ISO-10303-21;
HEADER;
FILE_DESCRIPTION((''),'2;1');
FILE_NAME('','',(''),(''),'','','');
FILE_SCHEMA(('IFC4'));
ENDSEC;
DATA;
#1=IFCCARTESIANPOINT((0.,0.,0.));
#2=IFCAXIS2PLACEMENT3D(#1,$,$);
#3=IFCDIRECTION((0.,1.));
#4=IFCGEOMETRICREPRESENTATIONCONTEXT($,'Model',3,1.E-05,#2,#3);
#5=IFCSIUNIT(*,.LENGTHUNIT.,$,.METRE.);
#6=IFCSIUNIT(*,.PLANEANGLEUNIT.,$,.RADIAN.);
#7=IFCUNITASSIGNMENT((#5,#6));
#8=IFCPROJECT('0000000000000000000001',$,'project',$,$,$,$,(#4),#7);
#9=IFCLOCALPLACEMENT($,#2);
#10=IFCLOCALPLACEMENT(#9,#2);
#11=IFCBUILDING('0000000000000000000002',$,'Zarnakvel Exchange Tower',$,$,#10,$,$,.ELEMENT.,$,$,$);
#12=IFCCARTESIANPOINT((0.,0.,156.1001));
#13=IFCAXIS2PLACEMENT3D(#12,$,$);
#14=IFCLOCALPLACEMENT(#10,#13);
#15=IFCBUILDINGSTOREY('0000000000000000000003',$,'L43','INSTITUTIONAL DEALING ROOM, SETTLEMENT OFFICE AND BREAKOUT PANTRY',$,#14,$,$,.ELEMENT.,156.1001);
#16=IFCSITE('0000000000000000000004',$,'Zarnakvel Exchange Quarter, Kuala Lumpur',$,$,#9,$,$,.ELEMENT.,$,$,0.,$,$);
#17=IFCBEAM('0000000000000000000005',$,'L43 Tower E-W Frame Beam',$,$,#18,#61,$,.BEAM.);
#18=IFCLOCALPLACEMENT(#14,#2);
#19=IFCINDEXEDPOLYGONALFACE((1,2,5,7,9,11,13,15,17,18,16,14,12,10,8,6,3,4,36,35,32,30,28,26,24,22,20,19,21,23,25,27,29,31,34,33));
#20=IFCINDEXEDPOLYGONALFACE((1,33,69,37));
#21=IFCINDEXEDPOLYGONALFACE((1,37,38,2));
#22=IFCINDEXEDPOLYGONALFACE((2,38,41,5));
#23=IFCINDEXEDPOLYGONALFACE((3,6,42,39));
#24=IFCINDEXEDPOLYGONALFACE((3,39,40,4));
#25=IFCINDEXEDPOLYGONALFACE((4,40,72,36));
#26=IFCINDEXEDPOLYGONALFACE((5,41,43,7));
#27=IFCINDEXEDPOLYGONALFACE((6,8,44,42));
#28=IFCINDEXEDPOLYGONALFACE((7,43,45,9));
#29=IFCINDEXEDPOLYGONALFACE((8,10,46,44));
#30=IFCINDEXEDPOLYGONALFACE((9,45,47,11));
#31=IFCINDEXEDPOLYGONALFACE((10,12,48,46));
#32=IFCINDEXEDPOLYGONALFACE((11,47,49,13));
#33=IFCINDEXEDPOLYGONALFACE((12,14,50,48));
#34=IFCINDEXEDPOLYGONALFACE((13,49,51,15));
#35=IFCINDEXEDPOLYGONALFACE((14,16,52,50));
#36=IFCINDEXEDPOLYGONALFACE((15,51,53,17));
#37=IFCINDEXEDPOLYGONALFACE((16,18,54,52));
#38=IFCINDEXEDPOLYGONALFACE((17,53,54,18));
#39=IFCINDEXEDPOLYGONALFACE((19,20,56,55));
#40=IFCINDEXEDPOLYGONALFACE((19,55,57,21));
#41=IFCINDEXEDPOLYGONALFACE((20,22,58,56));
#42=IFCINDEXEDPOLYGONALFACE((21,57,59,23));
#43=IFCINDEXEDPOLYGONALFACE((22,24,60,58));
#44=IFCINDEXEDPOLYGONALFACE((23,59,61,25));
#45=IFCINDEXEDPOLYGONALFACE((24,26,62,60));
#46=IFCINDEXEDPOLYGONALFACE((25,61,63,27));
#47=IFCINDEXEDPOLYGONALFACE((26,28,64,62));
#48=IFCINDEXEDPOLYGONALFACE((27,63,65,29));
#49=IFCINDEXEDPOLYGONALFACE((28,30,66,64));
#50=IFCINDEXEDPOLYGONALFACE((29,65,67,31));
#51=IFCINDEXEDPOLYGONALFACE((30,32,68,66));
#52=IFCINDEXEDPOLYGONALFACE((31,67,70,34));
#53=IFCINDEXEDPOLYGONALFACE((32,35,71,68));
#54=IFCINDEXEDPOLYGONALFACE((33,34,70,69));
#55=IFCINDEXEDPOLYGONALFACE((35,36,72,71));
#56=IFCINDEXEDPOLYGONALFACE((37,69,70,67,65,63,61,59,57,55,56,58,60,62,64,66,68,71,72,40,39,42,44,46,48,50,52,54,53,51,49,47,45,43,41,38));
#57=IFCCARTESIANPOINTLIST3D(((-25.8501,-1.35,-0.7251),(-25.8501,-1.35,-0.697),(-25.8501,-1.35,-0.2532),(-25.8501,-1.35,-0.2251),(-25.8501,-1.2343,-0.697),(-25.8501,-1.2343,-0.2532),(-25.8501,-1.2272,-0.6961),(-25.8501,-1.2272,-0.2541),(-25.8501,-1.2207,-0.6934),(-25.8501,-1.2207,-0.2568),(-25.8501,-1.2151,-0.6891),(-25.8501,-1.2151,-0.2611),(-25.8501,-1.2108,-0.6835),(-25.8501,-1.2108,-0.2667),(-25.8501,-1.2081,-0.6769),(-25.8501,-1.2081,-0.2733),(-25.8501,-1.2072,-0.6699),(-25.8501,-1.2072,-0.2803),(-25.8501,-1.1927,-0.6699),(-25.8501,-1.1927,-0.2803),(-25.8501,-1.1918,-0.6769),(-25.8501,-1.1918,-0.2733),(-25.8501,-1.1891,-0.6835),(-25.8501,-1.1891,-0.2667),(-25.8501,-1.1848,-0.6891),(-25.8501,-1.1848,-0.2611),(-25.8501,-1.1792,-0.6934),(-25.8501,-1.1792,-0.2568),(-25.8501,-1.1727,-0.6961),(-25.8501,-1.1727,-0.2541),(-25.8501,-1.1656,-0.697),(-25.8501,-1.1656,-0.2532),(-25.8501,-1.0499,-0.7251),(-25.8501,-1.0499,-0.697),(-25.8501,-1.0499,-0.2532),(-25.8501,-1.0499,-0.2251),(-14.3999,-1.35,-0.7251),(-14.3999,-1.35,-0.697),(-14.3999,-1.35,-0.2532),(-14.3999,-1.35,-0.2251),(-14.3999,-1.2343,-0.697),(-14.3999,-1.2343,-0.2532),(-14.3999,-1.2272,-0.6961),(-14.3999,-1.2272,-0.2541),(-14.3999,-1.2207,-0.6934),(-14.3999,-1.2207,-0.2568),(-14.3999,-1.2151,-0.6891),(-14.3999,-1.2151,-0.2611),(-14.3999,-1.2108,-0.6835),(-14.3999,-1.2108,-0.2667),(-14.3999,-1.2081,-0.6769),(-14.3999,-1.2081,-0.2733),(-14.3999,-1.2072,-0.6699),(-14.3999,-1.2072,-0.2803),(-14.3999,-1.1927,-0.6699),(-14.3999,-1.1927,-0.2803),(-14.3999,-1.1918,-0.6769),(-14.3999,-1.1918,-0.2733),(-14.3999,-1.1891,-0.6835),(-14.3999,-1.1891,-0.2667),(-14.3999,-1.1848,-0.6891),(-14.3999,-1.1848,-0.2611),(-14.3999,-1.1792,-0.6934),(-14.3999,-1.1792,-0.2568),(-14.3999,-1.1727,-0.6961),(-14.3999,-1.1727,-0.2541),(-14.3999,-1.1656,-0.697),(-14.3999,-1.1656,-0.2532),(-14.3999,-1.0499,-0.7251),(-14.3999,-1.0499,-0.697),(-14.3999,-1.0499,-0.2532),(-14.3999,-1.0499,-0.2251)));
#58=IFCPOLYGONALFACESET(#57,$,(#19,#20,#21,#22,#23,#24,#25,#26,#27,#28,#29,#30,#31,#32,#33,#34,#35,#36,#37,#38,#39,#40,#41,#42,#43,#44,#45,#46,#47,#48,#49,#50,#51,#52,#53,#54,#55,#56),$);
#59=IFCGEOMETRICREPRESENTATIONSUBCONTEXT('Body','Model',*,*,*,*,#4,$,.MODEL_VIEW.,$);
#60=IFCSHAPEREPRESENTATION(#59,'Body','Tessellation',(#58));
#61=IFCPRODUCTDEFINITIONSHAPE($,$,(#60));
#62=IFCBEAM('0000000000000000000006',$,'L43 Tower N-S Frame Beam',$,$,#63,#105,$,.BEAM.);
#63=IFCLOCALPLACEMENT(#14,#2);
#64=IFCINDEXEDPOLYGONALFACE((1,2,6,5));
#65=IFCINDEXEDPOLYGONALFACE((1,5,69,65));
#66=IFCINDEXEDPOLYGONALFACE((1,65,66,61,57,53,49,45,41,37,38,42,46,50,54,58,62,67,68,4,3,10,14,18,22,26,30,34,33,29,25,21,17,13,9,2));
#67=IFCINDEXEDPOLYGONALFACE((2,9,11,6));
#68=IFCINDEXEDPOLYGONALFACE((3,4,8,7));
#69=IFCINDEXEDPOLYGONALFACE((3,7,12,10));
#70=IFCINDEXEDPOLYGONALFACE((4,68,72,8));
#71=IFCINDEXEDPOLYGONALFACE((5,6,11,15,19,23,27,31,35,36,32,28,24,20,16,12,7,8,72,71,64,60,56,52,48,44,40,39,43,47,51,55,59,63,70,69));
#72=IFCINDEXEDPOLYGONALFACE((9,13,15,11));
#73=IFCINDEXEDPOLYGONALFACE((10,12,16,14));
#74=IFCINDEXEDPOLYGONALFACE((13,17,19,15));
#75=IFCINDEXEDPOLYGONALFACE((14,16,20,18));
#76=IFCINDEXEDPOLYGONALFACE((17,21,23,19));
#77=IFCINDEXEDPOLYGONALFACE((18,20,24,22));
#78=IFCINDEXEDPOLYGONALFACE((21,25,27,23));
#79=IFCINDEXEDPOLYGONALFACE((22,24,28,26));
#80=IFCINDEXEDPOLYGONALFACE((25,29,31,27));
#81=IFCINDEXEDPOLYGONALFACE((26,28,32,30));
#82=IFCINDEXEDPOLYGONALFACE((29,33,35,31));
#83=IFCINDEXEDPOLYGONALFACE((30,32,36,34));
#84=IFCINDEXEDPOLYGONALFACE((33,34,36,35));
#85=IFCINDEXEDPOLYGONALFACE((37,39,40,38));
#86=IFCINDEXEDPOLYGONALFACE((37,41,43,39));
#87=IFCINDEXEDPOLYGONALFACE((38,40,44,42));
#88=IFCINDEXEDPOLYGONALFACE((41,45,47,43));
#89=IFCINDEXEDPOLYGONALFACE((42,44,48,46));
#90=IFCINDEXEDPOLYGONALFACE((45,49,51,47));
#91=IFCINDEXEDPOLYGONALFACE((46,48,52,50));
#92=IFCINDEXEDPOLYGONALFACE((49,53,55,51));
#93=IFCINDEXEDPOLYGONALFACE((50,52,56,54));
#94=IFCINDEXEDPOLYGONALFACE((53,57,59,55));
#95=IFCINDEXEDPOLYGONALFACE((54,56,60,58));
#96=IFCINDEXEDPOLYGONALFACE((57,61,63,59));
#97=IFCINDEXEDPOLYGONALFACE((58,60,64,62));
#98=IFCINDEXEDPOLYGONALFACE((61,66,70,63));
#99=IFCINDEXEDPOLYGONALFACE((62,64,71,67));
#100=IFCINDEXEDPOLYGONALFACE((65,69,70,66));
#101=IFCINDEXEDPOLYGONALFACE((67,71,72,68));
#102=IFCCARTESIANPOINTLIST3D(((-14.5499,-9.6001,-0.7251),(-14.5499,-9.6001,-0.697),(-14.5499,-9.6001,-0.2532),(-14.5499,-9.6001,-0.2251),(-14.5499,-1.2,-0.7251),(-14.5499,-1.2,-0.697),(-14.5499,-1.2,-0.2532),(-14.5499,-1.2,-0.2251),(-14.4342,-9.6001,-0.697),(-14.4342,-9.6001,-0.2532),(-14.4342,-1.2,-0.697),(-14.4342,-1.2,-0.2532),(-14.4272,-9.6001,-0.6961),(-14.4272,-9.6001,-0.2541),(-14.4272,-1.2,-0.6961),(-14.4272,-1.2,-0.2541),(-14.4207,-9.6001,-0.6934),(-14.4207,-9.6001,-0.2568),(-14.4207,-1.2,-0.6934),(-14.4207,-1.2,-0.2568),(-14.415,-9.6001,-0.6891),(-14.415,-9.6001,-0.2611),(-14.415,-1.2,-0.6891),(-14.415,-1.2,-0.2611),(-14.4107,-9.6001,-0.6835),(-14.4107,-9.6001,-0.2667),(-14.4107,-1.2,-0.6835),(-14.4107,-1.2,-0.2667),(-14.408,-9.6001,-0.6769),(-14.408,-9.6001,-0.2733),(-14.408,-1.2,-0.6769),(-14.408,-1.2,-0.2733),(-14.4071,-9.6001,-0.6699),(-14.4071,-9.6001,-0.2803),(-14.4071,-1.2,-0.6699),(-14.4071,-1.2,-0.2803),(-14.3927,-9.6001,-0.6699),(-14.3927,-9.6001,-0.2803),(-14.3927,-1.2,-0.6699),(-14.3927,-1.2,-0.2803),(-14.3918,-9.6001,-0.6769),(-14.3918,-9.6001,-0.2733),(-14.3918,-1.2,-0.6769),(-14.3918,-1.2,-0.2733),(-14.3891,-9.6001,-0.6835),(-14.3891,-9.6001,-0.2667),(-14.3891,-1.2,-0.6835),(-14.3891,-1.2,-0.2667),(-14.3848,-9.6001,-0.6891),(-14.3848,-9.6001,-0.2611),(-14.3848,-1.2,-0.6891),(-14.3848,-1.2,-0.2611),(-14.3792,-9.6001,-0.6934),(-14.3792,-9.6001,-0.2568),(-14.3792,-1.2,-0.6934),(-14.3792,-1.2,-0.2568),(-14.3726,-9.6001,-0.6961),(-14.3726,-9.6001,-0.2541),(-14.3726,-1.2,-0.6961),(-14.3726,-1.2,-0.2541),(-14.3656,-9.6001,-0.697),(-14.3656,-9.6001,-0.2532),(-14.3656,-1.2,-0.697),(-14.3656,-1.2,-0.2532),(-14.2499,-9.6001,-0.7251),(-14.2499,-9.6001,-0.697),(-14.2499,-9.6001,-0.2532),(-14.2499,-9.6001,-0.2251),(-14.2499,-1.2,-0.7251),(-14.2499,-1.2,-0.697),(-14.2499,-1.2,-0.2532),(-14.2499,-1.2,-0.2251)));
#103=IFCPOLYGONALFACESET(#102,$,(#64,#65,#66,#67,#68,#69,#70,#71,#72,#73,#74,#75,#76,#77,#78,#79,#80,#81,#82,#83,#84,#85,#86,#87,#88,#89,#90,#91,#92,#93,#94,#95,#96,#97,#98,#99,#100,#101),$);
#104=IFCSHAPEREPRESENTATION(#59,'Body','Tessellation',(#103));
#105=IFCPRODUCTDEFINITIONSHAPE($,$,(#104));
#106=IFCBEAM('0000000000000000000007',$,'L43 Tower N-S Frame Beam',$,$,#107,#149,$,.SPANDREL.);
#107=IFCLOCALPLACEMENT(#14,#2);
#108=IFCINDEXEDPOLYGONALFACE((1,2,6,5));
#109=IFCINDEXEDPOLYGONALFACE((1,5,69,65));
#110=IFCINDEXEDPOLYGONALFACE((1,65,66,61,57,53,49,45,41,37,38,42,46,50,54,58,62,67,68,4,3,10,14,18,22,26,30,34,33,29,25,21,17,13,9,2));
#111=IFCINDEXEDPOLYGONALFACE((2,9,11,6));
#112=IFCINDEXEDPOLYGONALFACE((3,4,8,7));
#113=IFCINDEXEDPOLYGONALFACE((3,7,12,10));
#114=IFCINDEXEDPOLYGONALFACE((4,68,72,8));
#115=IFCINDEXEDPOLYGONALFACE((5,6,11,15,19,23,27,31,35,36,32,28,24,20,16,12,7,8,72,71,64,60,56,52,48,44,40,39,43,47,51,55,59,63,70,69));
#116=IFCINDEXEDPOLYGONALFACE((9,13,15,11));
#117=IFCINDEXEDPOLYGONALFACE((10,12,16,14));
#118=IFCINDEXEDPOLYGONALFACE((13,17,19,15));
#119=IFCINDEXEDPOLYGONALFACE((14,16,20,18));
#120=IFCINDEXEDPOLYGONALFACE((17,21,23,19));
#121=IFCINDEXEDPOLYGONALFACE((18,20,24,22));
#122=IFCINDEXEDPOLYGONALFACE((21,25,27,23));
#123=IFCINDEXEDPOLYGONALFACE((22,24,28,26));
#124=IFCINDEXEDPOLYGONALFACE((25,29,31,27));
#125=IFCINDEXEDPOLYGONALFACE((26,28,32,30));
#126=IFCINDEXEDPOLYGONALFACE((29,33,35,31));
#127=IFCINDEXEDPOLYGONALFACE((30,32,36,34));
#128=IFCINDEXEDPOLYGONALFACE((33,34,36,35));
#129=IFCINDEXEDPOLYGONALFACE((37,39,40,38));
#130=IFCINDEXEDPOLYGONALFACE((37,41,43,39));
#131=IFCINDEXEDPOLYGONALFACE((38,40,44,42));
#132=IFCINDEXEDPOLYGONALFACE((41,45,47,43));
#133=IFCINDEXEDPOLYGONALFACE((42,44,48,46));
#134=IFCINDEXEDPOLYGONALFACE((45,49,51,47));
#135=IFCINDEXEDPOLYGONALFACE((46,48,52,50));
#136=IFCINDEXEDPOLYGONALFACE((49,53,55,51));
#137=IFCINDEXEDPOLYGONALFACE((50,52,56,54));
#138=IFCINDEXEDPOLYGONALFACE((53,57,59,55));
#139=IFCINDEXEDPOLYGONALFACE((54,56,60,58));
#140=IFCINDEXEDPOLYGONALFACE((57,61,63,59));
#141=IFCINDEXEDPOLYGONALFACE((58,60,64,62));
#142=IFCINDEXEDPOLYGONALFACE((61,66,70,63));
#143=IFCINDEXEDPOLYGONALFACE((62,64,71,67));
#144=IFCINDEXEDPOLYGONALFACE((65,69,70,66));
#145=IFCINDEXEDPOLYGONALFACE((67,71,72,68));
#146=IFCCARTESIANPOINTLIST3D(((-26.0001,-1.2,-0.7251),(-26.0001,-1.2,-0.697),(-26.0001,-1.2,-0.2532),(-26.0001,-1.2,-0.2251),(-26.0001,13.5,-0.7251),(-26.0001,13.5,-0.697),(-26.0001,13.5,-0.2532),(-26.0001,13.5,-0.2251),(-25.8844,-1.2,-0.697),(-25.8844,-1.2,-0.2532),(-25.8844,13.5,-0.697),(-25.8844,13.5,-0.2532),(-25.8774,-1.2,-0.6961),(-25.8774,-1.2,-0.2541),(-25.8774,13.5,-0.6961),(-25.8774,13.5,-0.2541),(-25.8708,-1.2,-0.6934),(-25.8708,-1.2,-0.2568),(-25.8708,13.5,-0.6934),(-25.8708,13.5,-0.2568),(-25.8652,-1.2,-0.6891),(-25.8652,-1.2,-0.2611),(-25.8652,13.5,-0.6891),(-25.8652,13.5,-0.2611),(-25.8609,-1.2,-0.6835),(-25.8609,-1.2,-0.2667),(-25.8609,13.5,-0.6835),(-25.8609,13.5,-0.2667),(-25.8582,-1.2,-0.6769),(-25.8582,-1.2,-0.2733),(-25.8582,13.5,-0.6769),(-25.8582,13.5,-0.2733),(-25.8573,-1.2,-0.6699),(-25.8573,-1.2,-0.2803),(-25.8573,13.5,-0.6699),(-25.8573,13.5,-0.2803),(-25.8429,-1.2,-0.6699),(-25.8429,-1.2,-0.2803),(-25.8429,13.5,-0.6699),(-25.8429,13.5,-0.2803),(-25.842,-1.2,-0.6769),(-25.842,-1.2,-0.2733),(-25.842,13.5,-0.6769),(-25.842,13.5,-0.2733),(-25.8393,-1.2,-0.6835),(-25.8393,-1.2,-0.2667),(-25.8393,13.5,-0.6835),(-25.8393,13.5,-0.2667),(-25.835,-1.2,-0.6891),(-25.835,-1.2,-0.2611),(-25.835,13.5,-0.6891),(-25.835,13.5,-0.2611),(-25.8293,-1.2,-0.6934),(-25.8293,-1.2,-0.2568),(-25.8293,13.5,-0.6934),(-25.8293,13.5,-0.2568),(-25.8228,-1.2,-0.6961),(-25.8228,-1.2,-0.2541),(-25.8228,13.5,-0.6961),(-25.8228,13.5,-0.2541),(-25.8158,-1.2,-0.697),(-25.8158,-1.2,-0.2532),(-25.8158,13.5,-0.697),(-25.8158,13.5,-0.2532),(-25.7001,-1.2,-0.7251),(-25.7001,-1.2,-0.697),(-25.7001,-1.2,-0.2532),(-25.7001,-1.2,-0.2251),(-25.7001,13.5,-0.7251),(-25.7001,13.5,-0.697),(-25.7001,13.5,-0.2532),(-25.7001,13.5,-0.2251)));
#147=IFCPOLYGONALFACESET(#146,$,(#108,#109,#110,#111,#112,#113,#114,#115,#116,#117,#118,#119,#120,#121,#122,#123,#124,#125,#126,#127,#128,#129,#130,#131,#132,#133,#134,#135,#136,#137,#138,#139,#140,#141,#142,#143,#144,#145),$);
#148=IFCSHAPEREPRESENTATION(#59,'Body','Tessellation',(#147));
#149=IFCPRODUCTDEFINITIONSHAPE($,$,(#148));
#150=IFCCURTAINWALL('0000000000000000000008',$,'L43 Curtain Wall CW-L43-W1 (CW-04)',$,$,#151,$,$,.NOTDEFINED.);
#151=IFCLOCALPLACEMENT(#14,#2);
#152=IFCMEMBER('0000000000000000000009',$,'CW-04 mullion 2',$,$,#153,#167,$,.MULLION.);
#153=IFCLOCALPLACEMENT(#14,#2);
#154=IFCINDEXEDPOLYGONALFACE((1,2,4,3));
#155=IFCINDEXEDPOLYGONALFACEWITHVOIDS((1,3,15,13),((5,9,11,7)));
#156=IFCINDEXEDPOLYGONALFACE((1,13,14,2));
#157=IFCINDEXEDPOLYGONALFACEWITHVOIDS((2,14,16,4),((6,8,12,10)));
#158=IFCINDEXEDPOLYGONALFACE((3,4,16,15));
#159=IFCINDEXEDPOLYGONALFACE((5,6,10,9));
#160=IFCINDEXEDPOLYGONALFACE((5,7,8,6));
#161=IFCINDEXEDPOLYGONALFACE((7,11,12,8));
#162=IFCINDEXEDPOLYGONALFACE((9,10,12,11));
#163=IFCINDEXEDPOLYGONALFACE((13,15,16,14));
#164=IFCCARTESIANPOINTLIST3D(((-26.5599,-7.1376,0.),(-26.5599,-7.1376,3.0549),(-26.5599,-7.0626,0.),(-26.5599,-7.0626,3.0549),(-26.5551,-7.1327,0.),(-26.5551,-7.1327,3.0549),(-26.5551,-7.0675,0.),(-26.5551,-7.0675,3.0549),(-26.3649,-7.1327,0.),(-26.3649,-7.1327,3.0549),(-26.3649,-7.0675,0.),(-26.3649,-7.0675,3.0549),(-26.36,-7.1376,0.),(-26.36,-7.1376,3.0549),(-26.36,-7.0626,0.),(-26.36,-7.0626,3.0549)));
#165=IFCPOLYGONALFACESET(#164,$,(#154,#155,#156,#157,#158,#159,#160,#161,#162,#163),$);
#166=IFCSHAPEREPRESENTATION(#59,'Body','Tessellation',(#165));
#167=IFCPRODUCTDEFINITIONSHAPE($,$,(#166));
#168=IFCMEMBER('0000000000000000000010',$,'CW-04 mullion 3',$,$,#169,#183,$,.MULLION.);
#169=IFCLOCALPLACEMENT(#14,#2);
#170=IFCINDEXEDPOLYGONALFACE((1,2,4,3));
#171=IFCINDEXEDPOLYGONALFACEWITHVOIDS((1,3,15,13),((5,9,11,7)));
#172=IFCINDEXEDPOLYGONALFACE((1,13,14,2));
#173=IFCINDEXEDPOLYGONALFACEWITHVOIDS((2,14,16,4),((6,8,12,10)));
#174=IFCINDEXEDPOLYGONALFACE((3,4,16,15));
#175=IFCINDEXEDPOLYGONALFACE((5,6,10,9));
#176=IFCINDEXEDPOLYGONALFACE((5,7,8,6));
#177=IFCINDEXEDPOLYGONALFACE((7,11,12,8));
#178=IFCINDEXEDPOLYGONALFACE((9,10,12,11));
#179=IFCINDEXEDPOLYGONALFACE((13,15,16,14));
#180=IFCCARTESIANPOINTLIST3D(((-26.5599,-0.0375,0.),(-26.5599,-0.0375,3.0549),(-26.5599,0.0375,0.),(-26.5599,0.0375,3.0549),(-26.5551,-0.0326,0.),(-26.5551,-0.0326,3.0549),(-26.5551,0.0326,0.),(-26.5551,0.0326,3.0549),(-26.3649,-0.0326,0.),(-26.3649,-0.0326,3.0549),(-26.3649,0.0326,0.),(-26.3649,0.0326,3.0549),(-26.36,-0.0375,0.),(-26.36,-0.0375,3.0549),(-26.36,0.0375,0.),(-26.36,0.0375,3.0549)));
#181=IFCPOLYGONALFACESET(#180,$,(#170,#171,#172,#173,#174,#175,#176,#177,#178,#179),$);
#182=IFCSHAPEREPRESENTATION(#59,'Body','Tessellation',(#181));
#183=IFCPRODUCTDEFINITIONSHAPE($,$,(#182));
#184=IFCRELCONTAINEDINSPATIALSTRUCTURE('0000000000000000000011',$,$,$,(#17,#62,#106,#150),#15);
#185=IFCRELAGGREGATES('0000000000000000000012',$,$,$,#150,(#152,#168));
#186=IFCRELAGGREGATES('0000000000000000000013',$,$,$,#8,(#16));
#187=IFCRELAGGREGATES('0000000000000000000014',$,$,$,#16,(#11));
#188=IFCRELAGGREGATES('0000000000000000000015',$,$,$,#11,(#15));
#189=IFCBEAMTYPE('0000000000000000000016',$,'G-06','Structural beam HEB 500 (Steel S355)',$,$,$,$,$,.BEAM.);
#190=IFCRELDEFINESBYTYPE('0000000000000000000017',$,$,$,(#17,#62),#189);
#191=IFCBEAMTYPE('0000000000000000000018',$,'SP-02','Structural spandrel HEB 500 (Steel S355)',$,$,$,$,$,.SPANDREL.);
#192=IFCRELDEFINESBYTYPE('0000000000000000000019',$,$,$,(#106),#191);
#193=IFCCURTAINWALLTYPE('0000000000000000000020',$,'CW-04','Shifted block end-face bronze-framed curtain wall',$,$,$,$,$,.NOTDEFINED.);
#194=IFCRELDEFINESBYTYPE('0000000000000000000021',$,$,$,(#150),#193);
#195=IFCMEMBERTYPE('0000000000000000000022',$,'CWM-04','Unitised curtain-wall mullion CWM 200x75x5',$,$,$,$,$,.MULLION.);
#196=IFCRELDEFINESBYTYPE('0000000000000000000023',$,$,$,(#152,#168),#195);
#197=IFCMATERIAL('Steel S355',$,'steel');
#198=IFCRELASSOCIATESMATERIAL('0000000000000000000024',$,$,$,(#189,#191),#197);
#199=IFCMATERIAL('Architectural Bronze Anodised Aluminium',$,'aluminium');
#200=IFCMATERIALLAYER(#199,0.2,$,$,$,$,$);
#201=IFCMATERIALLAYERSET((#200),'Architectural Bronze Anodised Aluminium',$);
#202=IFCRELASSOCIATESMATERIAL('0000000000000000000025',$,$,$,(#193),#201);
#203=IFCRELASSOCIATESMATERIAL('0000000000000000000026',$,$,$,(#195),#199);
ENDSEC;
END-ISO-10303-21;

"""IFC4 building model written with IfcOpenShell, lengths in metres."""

from ifc_helpers import new_model, si_unit, direction, frame, origin, origin_2d, place, context, subcontext, project, spatial, hollow_rectangle, i_section, extrude, source, transform, mapped, material, layer, layer_set, material_profile, profile_set, type_object, element, aggregate, save


model = new_model("IFC4")

# Units and contexts
model_context = context("Model", 3, precision=1e-05, world=origin(), true_north=direction((0.0, 1.0)))
body_context = subcontext(model_context, "Body", "Model", "MODEL_VIEW")
ifc_project = project(units=[si_unit("LENGTHUNIT", "METRE"), si_unit("PLANEANGLEUNIT", "RADIAN")], contexts=[model_context])

# Site, building, storey
site_placement = place(None, origin())
site = spatial("IfcSite", under=ifc_project, at=site_placement, Name="Zarnakvel Exchange Quarter, Kuala Lumpur", CompositionType="ELEMENT", RefElevation=0.0)
building_placement = place(site_placement, origin())
building = spatial("IfcBuilding", under=site, at=building_placement, Name="Zarnakvel Exchange Tower", CompositionType="ELEMENT")
storey_placement = place(building_placement, frame((0.0, 0.0, 156.1001)))
storey = spatial("IfcBuildingStorey", under=building, at=storey_placement, Name="L43", Description="INSTITUTIONAL DEALING ROOM, SETTLEMENT OFFICE AND BREAKOUT PANTRY", CompositionType="ELEMENT", Elevation=156.1001)

# Shared definitions
ifc_material_1 = material(Name="Steel S355", Category="steel")

# Beams
ifc_material_profile_1 = material_profile(ifc_material_1, i_section(OverallWidth=0.3, OverallDepth=0.5, WebThickness=0.0144, FlangeThickness=0.0281, FilletRadius=0.0271, at=origin_2d()))
ifc_profile_set_1 = profile_set([ifc_material_profile_1], Name="Steel S355")
beam_type_1 = type_object("IfcBeamType", Name="G-06", Description="Structural beam HEB 500 (Steel S355)", PredefinedType="BEAM", material=ifc_profile_set_1)
beam_1_placement = place(storey_placement, frame((-25.8501, -1.2, -0.4751), z_axis=(1.0, 0.0, 0.0), x_axis=(0.0, 1.0, 0.0)))
element("IfcBeam", 1, at=beam_1_placement, inside=storey, type_object=beam_type_1, Name="L43 Tower E-W Frame Beam", PredefinedType="BEAM", context=body_context, shape_type="SweptSolid", body=[
    extrude(i_section(OverallWidth=0.3, OverallDepth=0.5, WebThickness=0.0144, FlangeThickness=0.0281, FilletRadius=0.0271, at=origin_2d()), origin(), (0.0, 0.0, 1.0), 11.4502),
])
beam_2_placement = place(storey_placement, frame((-14.3999, -9.6001, -0.4751), z_axis=(0.0, 1.0, 0.0), x_axis=(-1.0, 0.0, 0.0)))
element("IfcBeam", 2, at=beam_2_placement, inside=storey, type_object=beam_type_1, Name="L43 Tower N-S Frame Beam", PredefinedType="BEAM", context=body_context, shape_type="SweptSolid", body=[
    extrude(i_section(OverallWidth=0.3, OverallDepth=0.5, WebThickness=0.0144, FlangeThickness=0.0281, FilletRadius=0.0271, at=origin_2d()), origin(), (0.0, 0.0, 1.0), 8.4001),
])
ifc_material_profile_2 = material_profile(ifc_material_1, i_section(OverallWidth=0.3, OverallDepth=0.5, WebThickness=0.0144, FlangeThickness=0.0281, FilletRadius=0.0271, at=origin_2d()))
ifc_profile_set_2 = profile_set([ifc_material_profile_2], Name="Steel S355")
beam_type_2 = type_object("IfcBeamType", Name="SP-02", Description="Structural spandrel HEB 500 (Steel S355)", PredefinedType="SPANDREL", material=ifc_profile_set_2)
beam_3_placement = place(storey_placement, frame((-25.8501, -1.2, -0.4751), z_axis=(0.0, 1.0, 0.0), x_axis=(-1.0, 0.0, 0.0)))
element("IfcBeam", 3, at=beam_3_placement, inside=storey, type_object=beam_type_2, Name="L43 Tower N-S Frame Beam", PredefinedType="SPANDREL", context=body_context, shape_type="SweptSolid", body=[
    extrude(i_section(OverallWidth=0.3, OverallDepth=0.5, WebThickness=0.0144, FlangeThickness=0.0281, FilletRadius=0.0271, at=origin_2d()), origin(), (0.0, 0.0, 1.0), 14.7),
])

# Curtain wall, members
ifc_material_2 = material(Name="Architectural Bronze Anodised Aluminium", Category="aluminium")
ifc_layer_1 = layer(ifc_material_2, 0.2)
ifc_layer_set_1 = layer_set([ifc_layer_1], Name="Architectural Bronze Anodised Aluminium")
curtain_wall_type = type_object("IfcCurtainWallType", Name="CW-04", Description="Shifted block end-face bronze-framed curtain wall", PredefinedType="NOTDEFINED", material=ifc_layer_set_1)
curtain_wall_placement = place(storey_placement, origin())
curtain_wall = element("IfcCurtainWall", 4, at=curtain_wall_placement, inside=storey, type_object=curtain_wall_type, Name="L43 Curtain Wall CW-L43-W1 (CW-04)", PredefinedType="NOTDEFINED")
ifc_material_profile_3 = material_profile(ifc_material_2, hollow_rectangle(XDim=0.2, YDim=0.075, WallThickness=0.0049, at=origin_2d()))
ifc_profile_set_3 = profile_set([ifc_material_profile_3], Name="Architectural Bronze Anodised Aluminium")
member_type_1 = type_object("IfcMemberType", Name="CWM-04", Description="Unitised curtain-wall mullion CWM 200x75x5", PredefinedType="MULLION", material=ifc_profile_set_3)
shared_shape_1 = source(origin(), body_context, "Body", "SweptSolid", [
    extrude(hollow_rectangle(XDim=0.2, YDim=0.075, WallThickness=0.0049, at=origin_2d()), origin(), (0.0, 0.0, 1.0), 3.0549),
])
member_1_placement = place(storey_placement, frame((-26.46, -7.1001, 0.0), z_axis=(0.0, 0.0, 1.0), x_axis=(-1.0, 0.0, 0.0)))
member_1 = element("IfcMember", 5, at=member_1_placement, type_object=member_type_1, Name="CW-04 mullion 2", PredefinedType="MULLION", context=body_context, shape_type="MappedRepresentation", body=[
    mapped(shared_shape_1, transform((0.0, 0.0, 0.0), x_axis=(1.0, 0.0, 0.0), y_axis=(0.0, 1.0, 0.0), z_axis=(0.0, 0.0, 1.0), scale=1.0)),
])
member_2_placement = place(storey_placement, frame((-26.46, 0.0, 0.0), z_axis=(0.0, 0.0, 1.0), x_axis=(-1.0, 0.0, 0.0)))
member_2 = element("IfcMember", 6, at=member_2_placement, type_object=member_type_1, Name="CW-04 mullion 3", PredefinedType="MULLION", context=body_context, shape_type="MappedRepresentation", body=[
    mapped(shared_shape_1, transform((0.0, 0.0, 0.0), x_axis=(1.0, 0.0, 0.0), y_axis=(0.0, 1.0, 0.0), z_axis=(0.0, 0.0, 1.0), scale=1.0)),
])
aggregate(curtain_wall, [member_1, member_2])

save(model, "model.ifc")
